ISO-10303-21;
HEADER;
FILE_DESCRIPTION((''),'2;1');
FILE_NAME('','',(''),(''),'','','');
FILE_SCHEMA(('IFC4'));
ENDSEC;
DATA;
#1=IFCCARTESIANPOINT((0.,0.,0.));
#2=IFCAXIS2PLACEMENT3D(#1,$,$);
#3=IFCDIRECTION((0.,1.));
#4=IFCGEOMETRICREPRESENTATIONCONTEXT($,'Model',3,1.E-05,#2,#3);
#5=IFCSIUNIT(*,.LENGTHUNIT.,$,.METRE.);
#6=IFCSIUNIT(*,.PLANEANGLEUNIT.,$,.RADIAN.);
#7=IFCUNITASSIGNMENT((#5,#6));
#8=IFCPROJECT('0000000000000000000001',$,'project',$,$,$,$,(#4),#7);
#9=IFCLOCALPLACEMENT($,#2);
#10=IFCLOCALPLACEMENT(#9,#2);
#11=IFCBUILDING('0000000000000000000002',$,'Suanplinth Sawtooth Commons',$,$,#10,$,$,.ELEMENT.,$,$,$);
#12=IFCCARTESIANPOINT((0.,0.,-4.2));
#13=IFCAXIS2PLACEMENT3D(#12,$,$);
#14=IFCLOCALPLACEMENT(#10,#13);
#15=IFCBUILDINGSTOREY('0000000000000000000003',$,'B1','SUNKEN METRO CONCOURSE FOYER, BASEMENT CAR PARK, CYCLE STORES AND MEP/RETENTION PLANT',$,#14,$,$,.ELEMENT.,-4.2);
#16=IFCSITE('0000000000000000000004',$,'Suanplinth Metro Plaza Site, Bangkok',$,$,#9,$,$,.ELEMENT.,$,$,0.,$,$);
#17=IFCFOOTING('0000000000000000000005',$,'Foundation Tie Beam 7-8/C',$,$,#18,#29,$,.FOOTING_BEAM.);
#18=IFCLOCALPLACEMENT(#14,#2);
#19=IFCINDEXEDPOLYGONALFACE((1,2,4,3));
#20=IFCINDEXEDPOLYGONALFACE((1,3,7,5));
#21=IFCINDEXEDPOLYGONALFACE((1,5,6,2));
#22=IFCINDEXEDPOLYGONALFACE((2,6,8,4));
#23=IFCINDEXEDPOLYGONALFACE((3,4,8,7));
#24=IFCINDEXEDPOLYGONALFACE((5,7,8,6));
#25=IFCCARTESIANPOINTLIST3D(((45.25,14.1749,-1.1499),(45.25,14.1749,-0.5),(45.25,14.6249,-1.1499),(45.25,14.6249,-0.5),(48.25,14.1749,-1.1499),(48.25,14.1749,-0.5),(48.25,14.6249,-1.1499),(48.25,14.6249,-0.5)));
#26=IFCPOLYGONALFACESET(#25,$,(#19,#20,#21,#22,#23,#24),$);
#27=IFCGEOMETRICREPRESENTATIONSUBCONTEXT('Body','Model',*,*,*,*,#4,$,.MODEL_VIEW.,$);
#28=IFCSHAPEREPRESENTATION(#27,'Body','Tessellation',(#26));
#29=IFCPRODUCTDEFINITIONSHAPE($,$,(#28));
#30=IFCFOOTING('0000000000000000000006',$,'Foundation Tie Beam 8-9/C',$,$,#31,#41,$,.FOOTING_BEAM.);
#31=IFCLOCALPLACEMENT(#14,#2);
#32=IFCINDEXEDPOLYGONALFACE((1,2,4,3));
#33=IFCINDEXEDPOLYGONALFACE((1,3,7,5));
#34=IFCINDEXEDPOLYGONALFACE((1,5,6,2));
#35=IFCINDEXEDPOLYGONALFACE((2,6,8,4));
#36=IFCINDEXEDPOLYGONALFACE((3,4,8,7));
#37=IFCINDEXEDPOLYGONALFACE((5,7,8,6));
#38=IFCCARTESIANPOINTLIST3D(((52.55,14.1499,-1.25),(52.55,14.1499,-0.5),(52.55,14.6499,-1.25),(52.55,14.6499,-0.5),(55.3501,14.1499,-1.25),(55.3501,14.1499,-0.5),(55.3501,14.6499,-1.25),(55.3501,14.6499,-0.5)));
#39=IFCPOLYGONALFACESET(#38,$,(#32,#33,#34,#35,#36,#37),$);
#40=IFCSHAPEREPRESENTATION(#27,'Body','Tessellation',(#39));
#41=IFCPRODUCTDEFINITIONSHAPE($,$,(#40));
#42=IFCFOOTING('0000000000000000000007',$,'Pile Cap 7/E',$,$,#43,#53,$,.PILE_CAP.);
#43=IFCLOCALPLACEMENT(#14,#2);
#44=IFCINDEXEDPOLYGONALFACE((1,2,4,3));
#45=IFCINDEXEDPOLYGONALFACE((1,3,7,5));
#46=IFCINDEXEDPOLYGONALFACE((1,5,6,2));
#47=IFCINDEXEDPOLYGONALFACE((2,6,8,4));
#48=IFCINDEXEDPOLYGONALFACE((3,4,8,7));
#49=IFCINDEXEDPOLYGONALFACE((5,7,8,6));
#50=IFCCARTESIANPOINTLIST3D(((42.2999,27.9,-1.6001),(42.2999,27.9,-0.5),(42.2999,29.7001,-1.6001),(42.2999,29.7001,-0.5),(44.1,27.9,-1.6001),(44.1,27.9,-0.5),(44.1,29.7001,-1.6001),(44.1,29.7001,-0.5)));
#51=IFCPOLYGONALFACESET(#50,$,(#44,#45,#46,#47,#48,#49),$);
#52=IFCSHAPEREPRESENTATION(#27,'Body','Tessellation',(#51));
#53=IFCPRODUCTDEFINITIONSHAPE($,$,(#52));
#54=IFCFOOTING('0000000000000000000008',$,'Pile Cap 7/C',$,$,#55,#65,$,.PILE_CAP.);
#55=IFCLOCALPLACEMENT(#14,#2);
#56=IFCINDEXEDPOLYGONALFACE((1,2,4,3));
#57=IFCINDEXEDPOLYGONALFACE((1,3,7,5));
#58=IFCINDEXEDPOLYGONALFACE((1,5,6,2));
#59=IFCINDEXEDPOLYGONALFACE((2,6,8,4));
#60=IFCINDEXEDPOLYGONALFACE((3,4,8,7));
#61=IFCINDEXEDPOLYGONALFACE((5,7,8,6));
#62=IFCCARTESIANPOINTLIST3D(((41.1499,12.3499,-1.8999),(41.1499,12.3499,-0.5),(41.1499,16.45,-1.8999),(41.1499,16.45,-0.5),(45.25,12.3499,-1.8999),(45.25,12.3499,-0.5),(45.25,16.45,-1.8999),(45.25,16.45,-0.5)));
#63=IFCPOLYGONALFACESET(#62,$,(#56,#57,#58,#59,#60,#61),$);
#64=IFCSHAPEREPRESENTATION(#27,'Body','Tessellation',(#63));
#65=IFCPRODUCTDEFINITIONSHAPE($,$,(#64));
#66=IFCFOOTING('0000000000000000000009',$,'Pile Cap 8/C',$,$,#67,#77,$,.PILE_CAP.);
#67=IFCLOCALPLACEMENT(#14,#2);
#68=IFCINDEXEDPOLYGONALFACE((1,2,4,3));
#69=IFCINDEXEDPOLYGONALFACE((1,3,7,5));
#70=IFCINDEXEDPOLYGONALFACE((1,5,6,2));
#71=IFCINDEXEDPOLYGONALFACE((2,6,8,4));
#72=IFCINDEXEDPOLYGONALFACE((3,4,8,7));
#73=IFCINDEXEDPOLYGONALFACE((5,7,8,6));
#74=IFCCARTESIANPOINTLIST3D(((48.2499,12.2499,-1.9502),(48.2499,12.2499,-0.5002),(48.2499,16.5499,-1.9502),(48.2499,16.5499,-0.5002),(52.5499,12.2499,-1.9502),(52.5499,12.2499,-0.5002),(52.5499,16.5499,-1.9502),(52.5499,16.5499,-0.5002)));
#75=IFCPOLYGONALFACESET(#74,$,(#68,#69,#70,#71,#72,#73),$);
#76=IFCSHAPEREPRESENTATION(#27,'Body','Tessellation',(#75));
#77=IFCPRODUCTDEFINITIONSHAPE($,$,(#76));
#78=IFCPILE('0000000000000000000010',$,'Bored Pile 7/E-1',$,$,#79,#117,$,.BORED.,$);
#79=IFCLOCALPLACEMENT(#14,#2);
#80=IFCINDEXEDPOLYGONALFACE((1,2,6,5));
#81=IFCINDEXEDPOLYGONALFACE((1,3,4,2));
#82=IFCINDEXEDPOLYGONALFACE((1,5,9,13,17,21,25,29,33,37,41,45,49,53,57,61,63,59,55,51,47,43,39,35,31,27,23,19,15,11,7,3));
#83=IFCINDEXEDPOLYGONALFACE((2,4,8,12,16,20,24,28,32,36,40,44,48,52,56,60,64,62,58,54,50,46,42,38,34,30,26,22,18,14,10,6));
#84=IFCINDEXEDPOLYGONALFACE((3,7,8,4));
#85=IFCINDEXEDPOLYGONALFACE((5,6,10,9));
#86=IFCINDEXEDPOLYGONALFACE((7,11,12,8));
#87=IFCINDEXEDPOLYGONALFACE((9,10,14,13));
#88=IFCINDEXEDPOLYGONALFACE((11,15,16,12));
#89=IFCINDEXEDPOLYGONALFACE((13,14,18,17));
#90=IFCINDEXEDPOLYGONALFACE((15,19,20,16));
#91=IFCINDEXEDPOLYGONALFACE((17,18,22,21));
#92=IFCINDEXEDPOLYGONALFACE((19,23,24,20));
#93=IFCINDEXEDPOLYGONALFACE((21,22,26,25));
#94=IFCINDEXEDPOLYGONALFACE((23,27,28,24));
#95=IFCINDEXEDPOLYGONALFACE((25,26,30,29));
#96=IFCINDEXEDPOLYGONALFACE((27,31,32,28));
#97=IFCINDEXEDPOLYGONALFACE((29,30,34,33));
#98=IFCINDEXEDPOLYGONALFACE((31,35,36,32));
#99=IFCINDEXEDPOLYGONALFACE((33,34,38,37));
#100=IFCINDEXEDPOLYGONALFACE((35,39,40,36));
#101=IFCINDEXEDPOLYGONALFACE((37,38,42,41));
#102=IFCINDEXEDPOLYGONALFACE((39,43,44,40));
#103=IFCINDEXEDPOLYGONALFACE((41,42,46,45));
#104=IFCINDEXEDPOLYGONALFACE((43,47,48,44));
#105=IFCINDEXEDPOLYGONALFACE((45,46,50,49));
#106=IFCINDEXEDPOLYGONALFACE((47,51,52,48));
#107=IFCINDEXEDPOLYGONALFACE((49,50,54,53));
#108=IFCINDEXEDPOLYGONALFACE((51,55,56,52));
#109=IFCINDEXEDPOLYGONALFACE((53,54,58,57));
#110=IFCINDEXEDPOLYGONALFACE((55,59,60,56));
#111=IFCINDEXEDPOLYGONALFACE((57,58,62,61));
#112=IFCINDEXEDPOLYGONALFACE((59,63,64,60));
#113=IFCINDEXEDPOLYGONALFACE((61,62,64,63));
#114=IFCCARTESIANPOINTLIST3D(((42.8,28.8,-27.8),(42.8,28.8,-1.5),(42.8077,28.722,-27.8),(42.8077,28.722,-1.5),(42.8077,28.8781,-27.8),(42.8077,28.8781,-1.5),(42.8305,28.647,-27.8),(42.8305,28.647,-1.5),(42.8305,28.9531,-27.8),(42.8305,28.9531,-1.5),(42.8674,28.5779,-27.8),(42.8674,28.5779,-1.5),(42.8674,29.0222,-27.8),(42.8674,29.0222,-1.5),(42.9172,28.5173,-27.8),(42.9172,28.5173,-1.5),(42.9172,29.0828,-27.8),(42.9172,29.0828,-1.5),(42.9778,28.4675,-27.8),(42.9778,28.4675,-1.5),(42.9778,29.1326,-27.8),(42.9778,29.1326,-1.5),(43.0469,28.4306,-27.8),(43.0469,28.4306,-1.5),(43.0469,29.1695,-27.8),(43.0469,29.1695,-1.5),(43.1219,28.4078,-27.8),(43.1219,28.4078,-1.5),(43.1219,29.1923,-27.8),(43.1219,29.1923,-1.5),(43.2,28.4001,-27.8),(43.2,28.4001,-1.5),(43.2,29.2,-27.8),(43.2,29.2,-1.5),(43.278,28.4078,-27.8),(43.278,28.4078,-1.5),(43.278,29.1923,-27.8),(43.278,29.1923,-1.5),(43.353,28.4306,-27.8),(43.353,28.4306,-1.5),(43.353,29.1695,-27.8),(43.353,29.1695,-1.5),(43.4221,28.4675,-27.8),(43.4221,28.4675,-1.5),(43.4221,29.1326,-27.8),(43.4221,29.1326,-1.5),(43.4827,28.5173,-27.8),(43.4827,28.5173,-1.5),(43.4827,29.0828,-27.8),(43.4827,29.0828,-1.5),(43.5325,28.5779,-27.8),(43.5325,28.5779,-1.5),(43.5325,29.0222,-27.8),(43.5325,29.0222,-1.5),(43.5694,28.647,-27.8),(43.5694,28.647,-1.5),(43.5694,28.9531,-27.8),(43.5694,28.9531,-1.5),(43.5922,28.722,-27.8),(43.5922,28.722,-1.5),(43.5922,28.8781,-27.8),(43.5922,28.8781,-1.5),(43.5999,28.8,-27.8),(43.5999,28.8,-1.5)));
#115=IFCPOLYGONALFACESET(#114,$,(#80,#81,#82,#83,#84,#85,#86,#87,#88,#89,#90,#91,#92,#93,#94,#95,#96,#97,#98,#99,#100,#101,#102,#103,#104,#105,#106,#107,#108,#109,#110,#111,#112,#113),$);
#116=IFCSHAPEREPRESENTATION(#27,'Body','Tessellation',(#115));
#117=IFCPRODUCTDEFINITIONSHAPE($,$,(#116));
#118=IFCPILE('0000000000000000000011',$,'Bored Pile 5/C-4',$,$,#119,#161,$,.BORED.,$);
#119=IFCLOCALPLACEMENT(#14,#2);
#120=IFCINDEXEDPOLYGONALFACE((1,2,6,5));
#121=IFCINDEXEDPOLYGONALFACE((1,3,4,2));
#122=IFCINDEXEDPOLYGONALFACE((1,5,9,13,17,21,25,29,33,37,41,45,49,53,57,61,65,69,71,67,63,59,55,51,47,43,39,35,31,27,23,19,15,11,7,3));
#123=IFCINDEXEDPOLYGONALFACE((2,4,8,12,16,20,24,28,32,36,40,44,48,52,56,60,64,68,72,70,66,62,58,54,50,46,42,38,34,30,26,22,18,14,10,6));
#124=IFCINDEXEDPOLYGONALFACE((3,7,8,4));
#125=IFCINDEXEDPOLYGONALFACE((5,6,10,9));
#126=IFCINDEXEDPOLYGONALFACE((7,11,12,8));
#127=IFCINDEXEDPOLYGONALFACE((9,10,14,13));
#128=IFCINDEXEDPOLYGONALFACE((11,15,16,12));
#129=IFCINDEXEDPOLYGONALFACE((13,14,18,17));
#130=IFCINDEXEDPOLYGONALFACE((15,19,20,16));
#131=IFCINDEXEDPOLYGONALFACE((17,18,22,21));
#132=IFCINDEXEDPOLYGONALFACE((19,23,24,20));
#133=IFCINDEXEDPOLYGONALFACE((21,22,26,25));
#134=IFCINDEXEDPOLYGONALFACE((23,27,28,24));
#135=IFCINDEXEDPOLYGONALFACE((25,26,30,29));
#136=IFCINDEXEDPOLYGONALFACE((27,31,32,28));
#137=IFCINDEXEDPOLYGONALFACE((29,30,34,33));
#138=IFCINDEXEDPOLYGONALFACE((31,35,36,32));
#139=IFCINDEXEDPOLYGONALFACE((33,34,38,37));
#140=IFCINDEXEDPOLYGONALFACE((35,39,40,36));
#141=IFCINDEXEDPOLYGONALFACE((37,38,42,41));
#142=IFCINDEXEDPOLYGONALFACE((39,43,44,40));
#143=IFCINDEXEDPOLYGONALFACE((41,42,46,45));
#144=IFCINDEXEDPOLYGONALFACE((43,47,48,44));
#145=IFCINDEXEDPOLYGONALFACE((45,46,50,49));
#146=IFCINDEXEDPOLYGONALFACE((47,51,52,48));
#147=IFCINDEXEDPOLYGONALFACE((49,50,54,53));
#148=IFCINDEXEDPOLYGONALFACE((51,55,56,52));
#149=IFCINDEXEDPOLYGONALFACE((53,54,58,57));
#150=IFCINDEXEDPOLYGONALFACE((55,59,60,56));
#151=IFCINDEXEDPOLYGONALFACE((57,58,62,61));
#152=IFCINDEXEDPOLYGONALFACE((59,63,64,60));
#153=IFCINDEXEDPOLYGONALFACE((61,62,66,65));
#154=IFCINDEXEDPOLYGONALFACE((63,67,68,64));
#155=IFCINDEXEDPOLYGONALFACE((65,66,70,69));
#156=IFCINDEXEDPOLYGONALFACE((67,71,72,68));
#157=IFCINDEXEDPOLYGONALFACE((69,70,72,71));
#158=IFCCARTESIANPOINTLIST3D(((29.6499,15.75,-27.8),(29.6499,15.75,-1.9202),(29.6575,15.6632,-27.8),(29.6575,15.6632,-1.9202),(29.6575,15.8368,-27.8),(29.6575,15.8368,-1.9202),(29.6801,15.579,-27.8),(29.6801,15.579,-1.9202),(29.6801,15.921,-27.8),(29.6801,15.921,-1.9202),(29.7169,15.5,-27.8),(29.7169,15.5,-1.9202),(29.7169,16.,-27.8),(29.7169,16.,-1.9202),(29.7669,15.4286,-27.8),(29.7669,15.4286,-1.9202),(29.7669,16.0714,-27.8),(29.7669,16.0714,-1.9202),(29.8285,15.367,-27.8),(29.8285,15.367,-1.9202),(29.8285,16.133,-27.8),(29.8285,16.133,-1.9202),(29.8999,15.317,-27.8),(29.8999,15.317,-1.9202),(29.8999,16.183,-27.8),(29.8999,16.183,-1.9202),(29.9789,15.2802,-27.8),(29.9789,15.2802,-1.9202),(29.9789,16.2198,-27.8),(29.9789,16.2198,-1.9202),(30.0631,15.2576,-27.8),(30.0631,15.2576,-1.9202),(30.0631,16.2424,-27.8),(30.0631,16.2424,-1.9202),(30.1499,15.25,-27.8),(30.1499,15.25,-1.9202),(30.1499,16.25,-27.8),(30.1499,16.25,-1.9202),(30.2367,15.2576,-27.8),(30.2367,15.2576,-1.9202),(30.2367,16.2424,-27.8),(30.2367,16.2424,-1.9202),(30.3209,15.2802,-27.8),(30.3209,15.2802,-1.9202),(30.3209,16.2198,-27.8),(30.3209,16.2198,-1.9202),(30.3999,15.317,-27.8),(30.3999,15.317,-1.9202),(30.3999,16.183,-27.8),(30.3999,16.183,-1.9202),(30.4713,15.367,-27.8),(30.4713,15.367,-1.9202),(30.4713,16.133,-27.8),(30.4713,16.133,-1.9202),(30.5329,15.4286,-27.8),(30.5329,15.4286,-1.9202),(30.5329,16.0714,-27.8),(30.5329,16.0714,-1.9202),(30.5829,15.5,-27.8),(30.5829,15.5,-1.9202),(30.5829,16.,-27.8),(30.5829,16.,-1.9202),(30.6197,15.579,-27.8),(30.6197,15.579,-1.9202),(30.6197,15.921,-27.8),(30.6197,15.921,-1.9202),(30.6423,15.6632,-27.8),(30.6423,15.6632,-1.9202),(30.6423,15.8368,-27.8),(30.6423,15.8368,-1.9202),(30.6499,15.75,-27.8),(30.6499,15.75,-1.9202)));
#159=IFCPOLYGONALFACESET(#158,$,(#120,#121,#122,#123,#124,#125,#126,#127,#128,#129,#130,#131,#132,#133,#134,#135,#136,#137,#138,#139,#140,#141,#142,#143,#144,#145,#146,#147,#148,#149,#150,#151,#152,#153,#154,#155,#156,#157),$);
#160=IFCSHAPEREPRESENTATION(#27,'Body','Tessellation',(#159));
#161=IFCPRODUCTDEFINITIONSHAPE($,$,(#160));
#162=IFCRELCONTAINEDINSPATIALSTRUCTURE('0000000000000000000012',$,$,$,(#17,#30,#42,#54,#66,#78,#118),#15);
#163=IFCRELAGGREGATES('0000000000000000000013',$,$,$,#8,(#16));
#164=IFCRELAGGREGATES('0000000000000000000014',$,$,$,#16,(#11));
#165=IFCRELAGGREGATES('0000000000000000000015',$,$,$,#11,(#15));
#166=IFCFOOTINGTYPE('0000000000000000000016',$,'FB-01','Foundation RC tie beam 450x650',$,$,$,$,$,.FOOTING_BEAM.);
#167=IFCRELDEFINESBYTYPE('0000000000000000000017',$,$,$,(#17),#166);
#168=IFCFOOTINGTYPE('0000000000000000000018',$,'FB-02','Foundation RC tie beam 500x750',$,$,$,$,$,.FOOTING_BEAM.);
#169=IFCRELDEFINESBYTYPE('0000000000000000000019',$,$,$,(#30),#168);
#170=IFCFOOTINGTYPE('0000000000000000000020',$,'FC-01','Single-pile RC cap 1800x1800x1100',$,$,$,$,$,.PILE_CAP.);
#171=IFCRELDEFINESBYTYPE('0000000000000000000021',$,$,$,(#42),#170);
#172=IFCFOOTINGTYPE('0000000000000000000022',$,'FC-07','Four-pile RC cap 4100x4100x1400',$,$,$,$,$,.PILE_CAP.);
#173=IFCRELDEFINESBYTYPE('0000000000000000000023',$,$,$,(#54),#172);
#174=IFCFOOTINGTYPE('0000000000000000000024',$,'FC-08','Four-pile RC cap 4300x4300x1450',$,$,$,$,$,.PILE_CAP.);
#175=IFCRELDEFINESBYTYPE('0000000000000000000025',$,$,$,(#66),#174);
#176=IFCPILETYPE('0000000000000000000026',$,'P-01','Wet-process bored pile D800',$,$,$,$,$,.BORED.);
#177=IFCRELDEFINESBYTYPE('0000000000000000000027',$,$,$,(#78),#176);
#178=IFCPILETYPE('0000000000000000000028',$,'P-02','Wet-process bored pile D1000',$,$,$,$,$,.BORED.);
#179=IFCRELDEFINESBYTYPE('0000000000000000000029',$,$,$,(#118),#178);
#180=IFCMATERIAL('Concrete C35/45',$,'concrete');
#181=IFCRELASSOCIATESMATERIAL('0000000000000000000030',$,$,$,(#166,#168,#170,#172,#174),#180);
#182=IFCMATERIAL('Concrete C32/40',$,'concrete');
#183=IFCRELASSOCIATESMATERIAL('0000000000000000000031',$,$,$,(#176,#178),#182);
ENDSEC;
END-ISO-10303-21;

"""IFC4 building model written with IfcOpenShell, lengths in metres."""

from ifc_helpers import new_model, si_unit, direction, frame, origin, origin_2d, place, context, subcontext, project, spatial, rectangle, circle, extrude, material, material_profile, profile_set, type_object, element, save


model = new_model("IFC4")

# Units and contexts
model_context = context("Model", 3, precision=1e-05, world=origin(), true_north=direction((0.0, 1.0)))
body_context = subcontext(model_context, "Body", "Model", "MODEL_VIEW")
ifc_project = project(units=[si_unit("LENGTHUNIT", "METRE"), si_unit("PLANEANGLEUNIT", "RADIAN")], contexts=[model_context])

# Site, building, storey
site_placement = place(None, origin())
site = spatial("IfcSite", under=ifc_project, at=site_placement, Name="Suanplinth Metro Plaza Site, Bangkok", CompositionType="ELEMENT", RefElevation=0.0)
building_placement = place(site_placement, origin())
building = spatial("IfcBuilding", under=site, at=building_placement, Name="Suanplinth Sawtooth Commons", CompositionType="ELEMENT")
storey_placement = place(building_placement, frame((0.0, 0.0, -4.2)))
storey = spatial("IfcBuildingStorey", under=building, at=storey_placement, Name="B1", Description="SUNKEN METRO CONCOURSE FOYER, BASEMENT CAR PARK, CYCLE STORES AND MEP/RETENTION PLANT", CompositionType="ELEMENT", Elevation=-4.2)

# Footings
ifc_material_1 = material(Name="Concrete C35/45", Category="concrete")
ifc_material_profile_1 = material_profile(ifc_material_1, rectangle(XDim=0.45, YDim=0.6499, at=origin_2d()), Name="PC-GDR 450x650")
ifc_profile_set_1 = profile_set([ifc_material_profile_1], Name="Concrete C35/45")
footing_type_1 = type_object("IfcFootingType", Name="FB-01", Description="Foundation RC tie beam 450x650", PredefinedType="FOOTING_BEAM", material=ifc_profile_set_1)
footing_1_placement = place(storey_placement, frame((45.25, 14.3999, -0.825), z_axis=(1.0, 0.0, 0.0), x_axis=(0.0, 1.0, 0.0)))
element("IfcFooting", 1, at=footing_1_placement, inside=storey, type_object=footing_type_1, Name="Foundation Tie Beam 7-8/C", PredefinedType="FOOTING_BEAM", context=body_context, shape_type="SweptSolid", body=[
    extrude(rectangle(XDim=0.45, YDim=0.6499, at=origin_2d()), origin(), (0.0, 0.0, 1.0), 3.0),
])
ifc_material_profile_2 = material_profile(ifc_material_1, rectangle(XDim=0.5, YDim=0.75, at=origin_2d()), Name="RC-GDR 500x750")
ifc_profile_set_2 = profile_set([ifc_material_profile_2], Name="Concrete C35/45")
footing_type_2 = type_object("IfcFootingType", Name="FB-02", Description="Foundation RC tie beam 500x750", PredefinedType="FOOTING_BEAM", material=ifc_profile_set_2)
footing_2_placement = place(storey_placement, frame((52.55, 14.3999, -0.875), z_axis=(1.0, 0.0, 0.0), x_axis=(0.0, 1.0, 0.0)))
element("IfcFooting", 2, at=footing_2_placement, inside=storey, type_object=footing_type_2, Name="Foundation Tie Beam 8-9/C", PredefinedType="FOOTING_BEAM", context=body_context, shape_type="SweptSolid", body=[
    extrude(rectangle(XDim=0.5, YDim=0.75, at=origin_2d()), origin(), (0.0, 0.0, 1.0), 2.8),
])
footing_type_3 = type_object("IfcFootingType", Name="FC-01", Description="Single-pile RC cap 1800x1800x1100", PredefinedType="PILE_CAP", material=ifc_material_1)
footing_3_placement = place(storey_placement, frame((43.2, 28.8, -1.6001), z_axis=(0.0, 0.0, 1.0), x_axis=(1.0, 0.0, 0.0)))
element("IfcFooting", 3, at=footing_3_placement, inside=storey, type_object=footing_type_3, Name="Pile Cap 7/E", PredefinedType="PILE_CAP", context=body_context, shape_type="SweptSolid", body=[
    extrude(rectangle(XDim=1.8, YDim=1.8, at=origin_2d()), origin(), (0.0, 0.0, 1.0), 1.1001),
])
footing_type_4 = type_object("IfcFootingType", Name="FC-07", Description="Four-pile RC cap 4100x4100x1400", PredefinedType="PILE_CAP", material=ifc_material_1)
footing_4_placement = place(storey_placement, frame((43.2, 14.3999, -1.8999), z_axis=(0.0, 0.0, 1.0), x_axis=(1.0, 0.0, 0.0)))
element("IfcFooting", 4, at=footing_4_placement, inside=storey, type_object=footing_type_4, Name="Pile Cap 7/C", PredefinedType="PILE_CAP", context=body_context, shape_type="SweptSolid", body=[
    extrude(rectangle(XDim=4.1001, YDim=4.1001, at=origin_2d()), origin(), (0.0, 0.0, 1.0), 1.3999),
])
footing_type_5 = type_object("IfcFootingType", Name="FC-08", Description="Four-pile RC cap 4300x4300x1450", PredefinedType="PILE_CAP", material=ifc_material_1)
footing_5_placement = place(storey_placement, frame((50.3999, 14.3999, -1.9502), z_axis=(0.0, 0.0, 1.0), x_axis=(1.0, 0.0, 0.0)))
element("IfcFooting", 5, at=footing_5_placement, inside=storey, type_object=footing_type_5, Name="Pile Cap 8/C", PredefinedType="PILE_CAP", context=body_context, shape_type="SweptSolid", body=[
    extrude(rectangle(XDim=4.3, YDim=4.3, at=origin_2d()), origin(), (0.0, 0.0, 1.0), 1.45),
])

# Piles
ifc_material_2 = material(Name="Concrete C32/40", Category="concrete")
ifc_material_profile_3 = material_profile(ifc_material_2, circle(Radius=0.3999, at=origin_2d()), Name="PILE D800")
ifc_profile_set_3 = profile_set([ifc_material_profile_3], Name="Concrete C32/40")
pile_type_1 = type_object("IfcPileType", Name="P-01", Description="Wet-process bored pile D800", PredefinedType="BORED", material=ifc_profile_set_3)
pile_1_placement = place(storey_placement, frame((43.2, 28.8, -1.5), z_axis=(0.0, 0.0, -1.0), x_axis=(1.0, 0.0, 0.0)))
element("IfcPile", 6, at=pile_1_placement, inside=storey, type_object=pile_type_1, Name="Bored Pile 7/E-1", PredefinedType="BORED", context=body_context, shape_type="SweptSolid", body=[
    extrude(circle(Radius=0.3999, at=origin_2d()), origin(), (0.0, 0.0, 1.0), 26.3),
])
ifc_material_profile_4 = material_profile(ifc_material_2, circle(Radius=0.5, at=origin_2d()), Name="PILE D1000")
ifc_profile_set_4 = profile_set([ifc_material_profile_4], Name="Concrete C32/40")
pile_type_2 = type_object("IfcPileType", Name="P-02", Description="Wet-process bored pile D1000", PredefinedType="BORED", material=ifc_profile_set_4)
pile_2_placement = place(storey_placement, frame((30.1499, 15.75, -1.9202), z_axis=(0.0, 0.0, -1.0), x_axis=(1.0, 0.0, 0.0)))
element("IfcPile", 7, at=pile_2_placement, inside=storey, type_object=pile_type_2, Name="Bored Pile 5/C-4", PredefinedType="BORED", context=body_context, shape_type="SweptSolid", body=[
    extrude(circle(Radius=0.5, at=origin_2d()), origin(), (0.0, 0.0, 1.0), 25.8799),
])

save(model, "model.ifc")
